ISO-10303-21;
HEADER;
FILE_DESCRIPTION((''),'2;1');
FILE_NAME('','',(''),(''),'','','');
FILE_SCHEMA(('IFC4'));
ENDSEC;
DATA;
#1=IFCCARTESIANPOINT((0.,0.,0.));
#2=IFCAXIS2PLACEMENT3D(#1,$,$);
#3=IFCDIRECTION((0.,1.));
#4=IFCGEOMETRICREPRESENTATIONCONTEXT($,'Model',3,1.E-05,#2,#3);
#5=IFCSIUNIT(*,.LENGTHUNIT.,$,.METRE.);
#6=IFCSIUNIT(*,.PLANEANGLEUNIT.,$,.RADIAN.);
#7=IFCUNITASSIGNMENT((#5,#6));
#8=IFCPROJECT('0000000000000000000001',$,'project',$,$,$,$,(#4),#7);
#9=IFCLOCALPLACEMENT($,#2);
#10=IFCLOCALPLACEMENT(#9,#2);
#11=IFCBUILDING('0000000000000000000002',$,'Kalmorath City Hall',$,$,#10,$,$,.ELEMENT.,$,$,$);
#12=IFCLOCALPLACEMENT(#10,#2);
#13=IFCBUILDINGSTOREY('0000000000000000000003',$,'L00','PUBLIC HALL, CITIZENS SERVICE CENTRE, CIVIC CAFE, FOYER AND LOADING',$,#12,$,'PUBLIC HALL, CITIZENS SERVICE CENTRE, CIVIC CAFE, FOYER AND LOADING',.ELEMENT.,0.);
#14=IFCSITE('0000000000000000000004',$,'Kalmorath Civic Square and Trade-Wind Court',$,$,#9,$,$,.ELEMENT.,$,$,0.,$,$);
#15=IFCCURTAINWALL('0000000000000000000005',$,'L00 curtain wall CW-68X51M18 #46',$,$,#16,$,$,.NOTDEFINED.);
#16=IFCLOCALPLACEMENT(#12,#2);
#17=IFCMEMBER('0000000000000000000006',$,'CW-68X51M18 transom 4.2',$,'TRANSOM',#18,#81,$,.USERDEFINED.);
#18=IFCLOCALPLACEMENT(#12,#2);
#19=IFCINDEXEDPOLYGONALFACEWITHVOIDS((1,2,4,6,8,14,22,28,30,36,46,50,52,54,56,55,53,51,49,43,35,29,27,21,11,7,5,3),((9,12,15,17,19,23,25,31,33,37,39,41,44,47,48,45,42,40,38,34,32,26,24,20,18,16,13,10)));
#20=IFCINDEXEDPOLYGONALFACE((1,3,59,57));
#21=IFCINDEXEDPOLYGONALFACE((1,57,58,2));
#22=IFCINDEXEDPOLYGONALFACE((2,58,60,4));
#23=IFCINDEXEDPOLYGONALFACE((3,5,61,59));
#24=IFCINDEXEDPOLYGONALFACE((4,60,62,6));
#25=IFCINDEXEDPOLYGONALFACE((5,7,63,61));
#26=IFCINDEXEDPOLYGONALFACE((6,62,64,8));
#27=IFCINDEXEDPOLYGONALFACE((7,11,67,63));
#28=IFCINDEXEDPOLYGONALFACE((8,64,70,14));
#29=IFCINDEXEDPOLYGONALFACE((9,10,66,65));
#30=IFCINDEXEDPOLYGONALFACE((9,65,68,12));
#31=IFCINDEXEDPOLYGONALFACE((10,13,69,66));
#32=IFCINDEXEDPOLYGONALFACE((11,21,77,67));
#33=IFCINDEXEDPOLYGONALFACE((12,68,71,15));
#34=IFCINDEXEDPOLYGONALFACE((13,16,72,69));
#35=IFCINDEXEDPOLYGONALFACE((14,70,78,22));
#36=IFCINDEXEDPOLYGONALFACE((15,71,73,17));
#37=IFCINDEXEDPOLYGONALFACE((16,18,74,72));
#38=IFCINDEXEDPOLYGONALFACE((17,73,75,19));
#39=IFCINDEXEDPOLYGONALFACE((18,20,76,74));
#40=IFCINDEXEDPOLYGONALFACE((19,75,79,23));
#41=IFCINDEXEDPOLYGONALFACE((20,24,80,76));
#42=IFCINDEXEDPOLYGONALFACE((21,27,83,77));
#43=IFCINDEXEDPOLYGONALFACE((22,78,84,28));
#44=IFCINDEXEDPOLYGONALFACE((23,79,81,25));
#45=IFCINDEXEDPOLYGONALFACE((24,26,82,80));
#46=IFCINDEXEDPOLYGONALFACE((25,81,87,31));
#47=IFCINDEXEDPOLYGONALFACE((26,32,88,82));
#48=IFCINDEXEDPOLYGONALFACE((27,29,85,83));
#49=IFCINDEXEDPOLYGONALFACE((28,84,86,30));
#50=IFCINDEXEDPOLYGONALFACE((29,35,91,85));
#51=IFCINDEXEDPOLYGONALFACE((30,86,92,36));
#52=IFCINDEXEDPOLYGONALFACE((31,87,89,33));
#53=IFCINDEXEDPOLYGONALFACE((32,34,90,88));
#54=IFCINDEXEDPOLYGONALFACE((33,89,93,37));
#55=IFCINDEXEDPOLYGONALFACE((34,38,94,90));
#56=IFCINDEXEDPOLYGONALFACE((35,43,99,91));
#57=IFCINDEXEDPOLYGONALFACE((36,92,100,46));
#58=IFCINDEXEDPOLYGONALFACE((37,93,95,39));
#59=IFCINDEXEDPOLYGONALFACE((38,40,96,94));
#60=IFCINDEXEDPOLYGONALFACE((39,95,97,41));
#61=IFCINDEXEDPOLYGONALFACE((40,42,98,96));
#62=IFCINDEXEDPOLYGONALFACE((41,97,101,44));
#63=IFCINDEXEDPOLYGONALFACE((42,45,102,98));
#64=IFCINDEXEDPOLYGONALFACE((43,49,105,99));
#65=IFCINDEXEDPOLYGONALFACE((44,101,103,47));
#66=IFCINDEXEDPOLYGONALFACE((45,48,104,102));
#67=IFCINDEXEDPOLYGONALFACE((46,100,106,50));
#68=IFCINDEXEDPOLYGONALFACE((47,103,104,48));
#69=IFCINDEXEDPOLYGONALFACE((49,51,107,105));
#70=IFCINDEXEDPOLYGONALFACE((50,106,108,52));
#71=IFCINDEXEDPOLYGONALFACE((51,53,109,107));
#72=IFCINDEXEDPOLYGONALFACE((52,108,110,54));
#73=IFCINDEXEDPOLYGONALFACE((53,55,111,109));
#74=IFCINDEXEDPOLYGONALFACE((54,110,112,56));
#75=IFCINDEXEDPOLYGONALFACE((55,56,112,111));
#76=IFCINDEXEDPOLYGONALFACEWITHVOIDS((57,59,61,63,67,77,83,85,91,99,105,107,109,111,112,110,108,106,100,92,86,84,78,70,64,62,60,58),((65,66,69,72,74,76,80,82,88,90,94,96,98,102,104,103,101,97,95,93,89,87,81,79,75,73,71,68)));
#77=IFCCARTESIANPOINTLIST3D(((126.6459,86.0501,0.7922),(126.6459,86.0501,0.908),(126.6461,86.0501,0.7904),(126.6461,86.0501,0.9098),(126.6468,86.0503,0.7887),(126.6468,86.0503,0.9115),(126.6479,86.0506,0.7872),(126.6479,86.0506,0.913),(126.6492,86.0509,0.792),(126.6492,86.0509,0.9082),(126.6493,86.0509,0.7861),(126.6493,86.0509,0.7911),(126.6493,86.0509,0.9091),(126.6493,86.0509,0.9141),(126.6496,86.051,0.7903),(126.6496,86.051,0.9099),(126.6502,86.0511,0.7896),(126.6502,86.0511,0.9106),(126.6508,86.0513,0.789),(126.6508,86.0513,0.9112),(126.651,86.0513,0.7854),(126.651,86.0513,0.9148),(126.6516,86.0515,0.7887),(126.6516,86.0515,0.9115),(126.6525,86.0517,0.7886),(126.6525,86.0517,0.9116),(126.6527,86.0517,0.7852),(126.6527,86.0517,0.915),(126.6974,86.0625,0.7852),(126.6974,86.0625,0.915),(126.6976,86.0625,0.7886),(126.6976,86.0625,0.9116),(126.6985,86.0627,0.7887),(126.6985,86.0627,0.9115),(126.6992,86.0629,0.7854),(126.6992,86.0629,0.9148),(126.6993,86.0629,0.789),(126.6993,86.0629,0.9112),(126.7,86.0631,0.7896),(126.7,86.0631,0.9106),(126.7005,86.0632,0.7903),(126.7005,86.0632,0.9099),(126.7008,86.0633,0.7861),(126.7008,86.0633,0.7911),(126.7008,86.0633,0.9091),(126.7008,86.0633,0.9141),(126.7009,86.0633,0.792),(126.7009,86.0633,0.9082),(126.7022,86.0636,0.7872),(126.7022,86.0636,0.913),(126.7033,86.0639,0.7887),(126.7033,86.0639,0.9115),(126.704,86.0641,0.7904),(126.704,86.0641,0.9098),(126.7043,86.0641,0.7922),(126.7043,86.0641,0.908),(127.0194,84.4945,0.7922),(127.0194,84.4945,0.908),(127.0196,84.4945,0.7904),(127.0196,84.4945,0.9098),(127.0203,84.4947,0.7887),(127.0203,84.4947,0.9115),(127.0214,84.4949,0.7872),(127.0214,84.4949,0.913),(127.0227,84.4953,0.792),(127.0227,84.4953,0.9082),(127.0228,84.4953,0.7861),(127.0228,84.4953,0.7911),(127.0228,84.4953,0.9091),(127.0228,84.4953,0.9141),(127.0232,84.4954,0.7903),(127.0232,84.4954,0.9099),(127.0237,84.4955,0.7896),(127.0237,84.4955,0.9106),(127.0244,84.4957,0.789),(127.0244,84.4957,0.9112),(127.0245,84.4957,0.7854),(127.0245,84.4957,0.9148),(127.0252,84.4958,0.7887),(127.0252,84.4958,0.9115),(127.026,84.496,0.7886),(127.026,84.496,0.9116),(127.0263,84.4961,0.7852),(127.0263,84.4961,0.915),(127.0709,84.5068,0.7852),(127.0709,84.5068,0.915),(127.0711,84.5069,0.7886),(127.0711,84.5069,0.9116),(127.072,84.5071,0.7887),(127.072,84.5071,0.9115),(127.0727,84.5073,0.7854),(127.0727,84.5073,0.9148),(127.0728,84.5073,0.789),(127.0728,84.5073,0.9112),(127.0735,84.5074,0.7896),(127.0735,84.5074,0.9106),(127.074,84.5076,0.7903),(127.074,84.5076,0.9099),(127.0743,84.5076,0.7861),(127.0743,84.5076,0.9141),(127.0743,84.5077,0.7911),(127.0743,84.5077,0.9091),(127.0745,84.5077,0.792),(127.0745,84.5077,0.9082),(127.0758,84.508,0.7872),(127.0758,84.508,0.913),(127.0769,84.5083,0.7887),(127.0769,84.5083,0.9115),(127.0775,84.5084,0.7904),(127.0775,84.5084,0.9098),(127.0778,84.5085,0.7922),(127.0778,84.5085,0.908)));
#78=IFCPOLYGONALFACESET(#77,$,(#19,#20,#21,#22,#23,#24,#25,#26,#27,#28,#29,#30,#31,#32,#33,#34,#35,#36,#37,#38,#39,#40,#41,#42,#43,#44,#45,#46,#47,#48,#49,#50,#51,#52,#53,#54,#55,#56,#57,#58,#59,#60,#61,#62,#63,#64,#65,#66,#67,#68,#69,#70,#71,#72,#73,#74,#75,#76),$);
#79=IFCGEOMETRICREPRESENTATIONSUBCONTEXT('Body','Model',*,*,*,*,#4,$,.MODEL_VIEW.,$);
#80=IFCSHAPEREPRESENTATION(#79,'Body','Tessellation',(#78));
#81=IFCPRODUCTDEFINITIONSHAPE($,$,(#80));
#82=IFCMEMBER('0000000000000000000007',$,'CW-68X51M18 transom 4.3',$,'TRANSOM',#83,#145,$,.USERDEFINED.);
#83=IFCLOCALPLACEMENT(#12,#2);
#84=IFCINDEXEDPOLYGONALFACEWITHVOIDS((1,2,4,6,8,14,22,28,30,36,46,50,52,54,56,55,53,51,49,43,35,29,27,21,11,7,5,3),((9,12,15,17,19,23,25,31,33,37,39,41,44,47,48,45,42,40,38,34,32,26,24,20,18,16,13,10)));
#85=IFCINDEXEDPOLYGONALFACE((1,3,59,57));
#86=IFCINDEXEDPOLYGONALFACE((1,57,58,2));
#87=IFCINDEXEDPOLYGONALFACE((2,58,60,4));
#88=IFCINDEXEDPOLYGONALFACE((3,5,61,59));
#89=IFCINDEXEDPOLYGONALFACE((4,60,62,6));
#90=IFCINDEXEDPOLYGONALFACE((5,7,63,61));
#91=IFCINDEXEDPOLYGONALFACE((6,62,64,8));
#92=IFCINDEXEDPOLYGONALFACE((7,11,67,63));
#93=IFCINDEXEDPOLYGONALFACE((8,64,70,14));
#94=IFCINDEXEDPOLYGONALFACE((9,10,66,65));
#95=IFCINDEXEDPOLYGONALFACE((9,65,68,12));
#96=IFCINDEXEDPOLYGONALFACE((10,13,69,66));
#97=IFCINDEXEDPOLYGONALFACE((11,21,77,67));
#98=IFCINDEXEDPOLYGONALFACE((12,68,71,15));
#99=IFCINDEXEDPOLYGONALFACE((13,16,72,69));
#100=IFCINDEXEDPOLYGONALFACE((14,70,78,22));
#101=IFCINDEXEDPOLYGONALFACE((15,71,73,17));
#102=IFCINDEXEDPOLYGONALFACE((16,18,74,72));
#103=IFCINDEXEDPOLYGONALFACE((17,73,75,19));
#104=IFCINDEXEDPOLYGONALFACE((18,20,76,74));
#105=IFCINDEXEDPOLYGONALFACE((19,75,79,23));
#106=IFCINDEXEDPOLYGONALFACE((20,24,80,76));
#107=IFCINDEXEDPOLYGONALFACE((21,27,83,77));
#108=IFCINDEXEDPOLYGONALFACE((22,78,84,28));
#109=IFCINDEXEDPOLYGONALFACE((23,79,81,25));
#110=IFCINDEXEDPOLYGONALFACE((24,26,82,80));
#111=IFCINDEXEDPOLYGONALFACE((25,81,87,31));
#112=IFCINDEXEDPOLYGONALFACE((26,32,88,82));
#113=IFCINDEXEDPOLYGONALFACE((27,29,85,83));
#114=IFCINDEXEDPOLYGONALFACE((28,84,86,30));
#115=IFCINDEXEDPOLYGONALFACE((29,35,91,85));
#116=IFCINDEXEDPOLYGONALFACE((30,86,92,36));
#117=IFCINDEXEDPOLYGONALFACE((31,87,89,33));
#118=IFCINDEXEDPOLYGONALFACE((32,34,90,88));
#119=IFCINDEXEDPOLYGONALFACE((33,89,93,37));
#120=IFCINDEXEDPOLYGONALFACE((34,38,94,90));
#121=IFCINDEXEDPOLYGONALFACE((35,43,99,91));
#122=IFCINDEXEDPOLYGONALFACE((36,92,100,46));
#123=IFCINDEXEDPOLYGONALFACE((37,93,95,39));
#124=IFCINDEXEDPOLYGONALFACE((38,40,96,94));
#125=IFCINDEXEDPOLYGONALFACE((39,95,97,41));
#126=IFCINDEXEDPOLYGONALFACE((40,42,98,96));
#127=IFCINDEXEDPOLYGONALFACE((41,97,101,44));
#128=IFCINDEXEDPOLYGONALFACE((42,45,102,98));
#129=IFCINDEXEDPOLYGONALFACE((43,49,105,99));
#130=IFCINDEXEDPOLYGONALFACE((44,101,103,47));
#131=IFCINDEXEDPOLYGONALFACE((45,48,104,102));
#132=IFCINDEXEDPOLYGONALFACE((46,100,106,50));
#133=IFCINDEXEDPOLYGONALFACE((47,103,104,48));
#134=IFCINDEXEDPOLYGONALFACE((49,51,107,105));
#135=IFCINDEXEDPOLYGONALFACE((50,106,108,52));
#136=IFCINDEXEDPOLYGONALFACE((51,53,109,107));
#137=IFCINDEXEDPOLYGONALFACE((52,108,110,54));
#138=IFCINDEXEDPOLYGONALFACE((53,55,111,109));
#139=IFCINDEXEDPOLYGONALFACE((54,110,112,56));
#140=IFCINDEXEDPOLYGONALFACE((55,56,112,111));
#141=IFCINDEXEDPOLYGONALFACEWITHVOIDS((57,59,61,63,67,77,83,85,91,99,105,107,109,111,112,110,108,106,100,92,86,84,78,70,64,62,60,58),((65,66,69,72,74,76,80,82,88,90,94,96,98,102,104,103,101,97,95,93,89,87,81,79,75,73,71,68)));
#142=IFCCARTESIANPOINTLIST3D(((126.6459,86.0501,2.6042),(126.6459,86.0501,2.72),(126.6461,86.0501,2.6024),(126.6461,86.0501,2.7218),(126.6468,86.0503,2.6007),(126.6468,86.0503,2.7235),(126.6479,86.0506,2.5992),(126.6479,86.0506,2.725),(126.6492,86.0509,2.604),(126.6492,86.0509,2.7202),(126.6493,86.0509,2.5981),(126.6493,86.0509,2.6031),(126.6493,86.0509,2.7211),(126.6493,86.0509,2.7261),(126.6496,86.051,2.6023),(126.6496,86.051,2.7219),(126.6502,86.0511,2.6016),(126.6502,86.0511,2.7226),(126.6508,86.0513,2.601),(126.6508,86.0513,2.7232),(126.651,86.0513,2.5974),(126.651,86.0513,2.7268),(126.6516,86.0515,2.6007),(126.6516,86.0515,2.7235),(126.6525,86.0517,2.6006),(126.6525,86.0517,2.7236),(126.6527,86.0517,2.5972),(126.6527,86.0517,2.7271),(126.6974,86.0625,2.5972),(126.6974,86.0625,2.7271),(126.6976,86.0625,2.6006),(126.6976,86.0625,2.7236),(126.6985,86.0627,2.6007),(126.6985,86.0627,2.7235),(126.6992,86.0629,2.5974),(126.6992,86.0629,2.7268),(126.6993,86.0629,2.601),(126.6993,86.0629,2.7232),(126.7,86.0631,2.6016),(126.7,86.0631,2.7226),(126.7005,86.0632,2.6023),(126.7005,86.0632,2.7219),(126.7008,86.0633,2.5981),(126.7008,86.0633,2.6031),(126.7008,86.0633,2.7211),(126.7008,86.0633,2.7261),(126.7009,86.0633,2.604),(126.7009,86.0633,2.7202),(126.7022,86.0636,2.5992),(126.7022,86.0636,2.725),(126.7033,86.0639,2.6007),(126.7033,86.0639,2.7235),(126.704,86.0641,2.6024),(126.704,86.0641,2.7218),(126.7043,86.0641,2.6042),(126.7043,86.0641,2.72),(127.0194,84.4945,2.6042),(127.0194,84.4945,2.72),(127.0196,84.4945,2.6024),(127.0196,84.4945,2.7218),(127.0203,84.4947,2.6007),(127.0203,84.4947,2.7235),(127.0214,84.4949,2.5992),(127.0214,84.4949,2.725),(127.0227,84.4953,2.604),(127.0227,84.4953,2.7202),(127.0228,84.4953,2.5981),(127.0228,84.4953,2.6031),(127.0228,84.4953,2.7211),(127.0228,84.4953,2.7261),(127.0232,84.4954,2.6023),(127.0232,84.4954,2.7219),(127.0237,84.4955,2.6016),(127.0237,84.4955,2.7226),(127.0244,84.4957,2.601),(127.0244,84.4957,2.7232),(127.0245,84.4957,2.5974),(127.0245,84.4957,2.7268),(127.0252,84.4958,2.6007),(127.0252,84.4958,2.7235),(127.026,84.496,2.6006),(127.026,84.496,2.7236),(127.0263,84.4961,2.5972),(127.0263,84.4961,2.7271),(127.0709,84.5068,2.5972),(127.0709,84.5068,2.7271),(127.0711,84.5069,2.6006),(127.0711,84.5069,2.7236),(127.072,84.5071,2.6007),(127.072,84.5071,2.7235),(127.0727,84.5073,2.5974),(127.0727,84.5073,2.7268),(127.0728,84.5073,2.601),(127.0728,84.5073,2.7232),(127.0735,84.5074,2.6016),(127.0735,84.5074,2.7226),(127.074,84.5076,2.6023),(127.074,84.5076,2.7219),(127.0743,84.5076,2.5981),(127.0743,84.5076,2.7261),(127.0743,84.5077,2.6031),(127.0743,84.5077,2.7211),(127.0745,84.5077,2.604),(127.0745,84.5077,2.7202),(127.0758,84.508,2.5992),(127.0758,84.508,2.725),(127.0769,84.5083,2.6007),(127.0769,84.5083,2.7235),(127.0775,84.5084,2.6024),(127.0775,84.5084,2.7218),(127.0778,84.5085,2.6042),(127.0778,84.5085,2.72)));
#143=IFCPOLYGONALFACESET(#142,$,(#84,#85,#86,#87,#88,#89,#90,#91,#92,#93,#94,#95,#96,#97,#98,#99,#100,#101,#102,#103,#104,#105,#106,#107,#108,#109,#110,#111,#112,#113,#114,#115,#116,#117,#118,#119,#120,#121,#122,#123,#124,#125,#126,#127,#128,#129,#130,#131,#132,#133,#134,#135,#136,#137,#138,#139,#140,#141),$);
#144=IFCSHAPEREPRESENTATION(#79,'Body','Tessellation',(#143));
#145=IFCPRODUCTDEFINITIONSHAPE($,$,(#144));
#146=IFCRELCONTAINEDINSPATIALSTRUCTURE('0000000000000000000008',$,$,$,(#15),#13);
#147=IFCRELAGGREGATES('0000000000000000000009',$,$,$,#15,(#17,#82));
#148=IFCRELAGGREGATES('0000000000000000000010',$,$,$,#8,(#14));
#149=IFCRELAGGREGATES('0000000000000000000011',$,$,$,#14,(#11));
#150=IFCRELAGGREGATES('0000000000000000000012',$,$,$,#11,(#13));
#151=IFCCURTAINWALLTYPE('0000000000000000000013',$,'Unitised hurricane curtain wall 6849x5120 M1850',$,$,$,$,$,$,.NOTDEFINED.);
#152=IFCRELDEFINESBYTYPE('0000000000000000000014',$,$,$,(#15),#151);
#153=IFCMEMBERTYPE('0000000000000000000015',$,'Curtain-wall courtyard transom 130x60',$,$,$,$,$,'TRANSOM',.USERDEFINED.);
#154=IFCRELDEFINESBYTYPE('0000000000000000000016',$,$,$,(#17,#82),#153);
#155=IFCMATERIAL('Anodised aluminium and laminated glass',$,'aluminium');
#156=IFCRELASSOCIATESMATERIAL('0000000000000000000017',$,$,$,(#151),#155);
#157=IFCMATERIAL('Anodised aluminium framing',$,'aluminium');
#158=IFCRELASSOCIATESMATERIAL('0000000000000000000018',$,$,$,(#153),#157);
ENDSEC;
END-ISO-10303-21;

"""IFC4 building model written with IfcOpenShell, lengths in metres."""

from ifc_helpers import new_model, si_unit, direction, frame, origin, origin_2d, place, context, subcontext, project, spatial, hollow_rectangle, extrude, material, material_profile, profile_set, type_object, element, aggregate, save


model = new_model("IFC4")

# Units and contexts
model_context = context("Model", 3, precision=1e-05, world=origin(), true_north=direction((0.0, 1.0)))
body_context = subcontext(model_context, "Body", "Model", "MODEL_VIEW")
ifc_project = project(units=[si_unit("LENGTHUNIT", "METRE"), si_unit("PLANEANGLEUNIT", "RADIAN")], contexts=[model_context])

# Site, building, storey
site_placement = place(None, origin())
site = spatial("IfcSite", under=ifc_project, at=site_placement, Name="Kalmorath Civic Square and Trade-Wind Court", CompositionType="ELEMENT", RefElevation=0.0)
building_placement = place(site_placement, origin())
building = spatial("IfcBuilding", under=site, at=building_placement, Name="Kalmorath City Hall", CompositionType="ELEMENT")
storey_placement = place(building_placement, origin())
storey = spatial("IfcBuildingStorey", under=building, at=storey_placement, Name="L00", Description="PUBLIC HALL, CITIZENS SERVICE CENTRE, CIVIC CAFE, FOYER AND LOADING", LongName="PUBLIC HALL, CITIZENS SERVICE CENTRE, CIVIC CAFE, FOYER AND LOADING", CompositionType="ELEMENT", Elevation=0.0)

# Curtain wall, members
ifc_material_1 = material(Name="Anodised aluminium and laminated glass", Category="aluminium")
curtain_wall_type_1 = type_object("IfcCurtainWallType", Name="Unitised hurricane curtain wall 6849x5120 M1850", PredefinedType="NOTDEFINED", material=ifc_material_1)
curtain_wall_1_placement = place(storey_placement, origin())
curtain_wall_1 = element("IfcCurtainWall", 1, at=curtain_wall_1_placement, inside=storey, type_object=curtain_wall_type_1, Name="L00 curtain wall CW-68X51M18 #46", PredefinedType="NOTDEFINED")
ifc_material_2 = material(Name="Anodised aluminium framing", Category="aluminium")
ifc_material_profile_1 = material_profile(ifc_material_2, hollow_rectangle(XDim=0.0601, YDim=0.1299, WallThickness=0.0034, InnerFilletRadius=0.0034, OuterFilletRadius=0.0071, at=origin_2d()), Name="ALU-TRN-130X60X3.5")
ifc_profile_set_1 = profile_set([ifc_material_profile_1], Name="Anodised aluminium framing")
member_type_1 = type_object("IfcMemberType", Name="Curtain-wall courtyard transom 130x60", ElementType="TRANSOM", PredefinedType="USERDEFINED", material=ifc_profile_set_1)
member_1_placement = place(storey_placement, frame((127.0486, 84.5015, 0.8501), z_axis=(-0.233477, 0.972362, 0.0), x_axis=(-0.972362, -0.233477, 0.0)))
member_1 = element("IfcMember", 2, at=member_1_placement, type_object=member_type_1, Name="CW-68X51M18 transom 4.2", ObjectType="TRANSOM", PredefinedType="USERDEFINED", context=body_context, shape_type="SweptSolid", body=[
    extrude(hollow_rectangle(XDim=0.0601, YDim=0.1299, WallThickness=0.0034, InnerFilletRadius=0.0034, OuterFilletRadius=0.0071, at=origin_2d()), origin(), (0.0, 0.0, 1.0), 1.5999),
])
member_2_placement = place(storey_placement, frame((127.0486, 84.5015, 2.6621), z_axis=(-0.233477, 0.972362, 0.0), x_axis=(-0.972362, -0.233477, 0.0)))
member_2 = element("IfcMember", 3, at=member_2_placement, type_object=member_type_1, Name="CW-68X51M18 transom 4.3", ObjectType="TRANSOM", PredefinedType="USERDEFINED", context=body_context, shape_type="SweptSolid", body=[
    extrude(hollow_rectangle(XDim=0.0601, YDim=0.1299, WallThickness=0.0034, InnerFilletRadius=0.0034, OuterFilletRadius=0.0071, at=origin_2d()), origin(), (0.0, 0.0, 1.0), 1.5999),
])

aggregate(curtain_wall_1, [member_1, member_2])

save(model, "model.ifc")
